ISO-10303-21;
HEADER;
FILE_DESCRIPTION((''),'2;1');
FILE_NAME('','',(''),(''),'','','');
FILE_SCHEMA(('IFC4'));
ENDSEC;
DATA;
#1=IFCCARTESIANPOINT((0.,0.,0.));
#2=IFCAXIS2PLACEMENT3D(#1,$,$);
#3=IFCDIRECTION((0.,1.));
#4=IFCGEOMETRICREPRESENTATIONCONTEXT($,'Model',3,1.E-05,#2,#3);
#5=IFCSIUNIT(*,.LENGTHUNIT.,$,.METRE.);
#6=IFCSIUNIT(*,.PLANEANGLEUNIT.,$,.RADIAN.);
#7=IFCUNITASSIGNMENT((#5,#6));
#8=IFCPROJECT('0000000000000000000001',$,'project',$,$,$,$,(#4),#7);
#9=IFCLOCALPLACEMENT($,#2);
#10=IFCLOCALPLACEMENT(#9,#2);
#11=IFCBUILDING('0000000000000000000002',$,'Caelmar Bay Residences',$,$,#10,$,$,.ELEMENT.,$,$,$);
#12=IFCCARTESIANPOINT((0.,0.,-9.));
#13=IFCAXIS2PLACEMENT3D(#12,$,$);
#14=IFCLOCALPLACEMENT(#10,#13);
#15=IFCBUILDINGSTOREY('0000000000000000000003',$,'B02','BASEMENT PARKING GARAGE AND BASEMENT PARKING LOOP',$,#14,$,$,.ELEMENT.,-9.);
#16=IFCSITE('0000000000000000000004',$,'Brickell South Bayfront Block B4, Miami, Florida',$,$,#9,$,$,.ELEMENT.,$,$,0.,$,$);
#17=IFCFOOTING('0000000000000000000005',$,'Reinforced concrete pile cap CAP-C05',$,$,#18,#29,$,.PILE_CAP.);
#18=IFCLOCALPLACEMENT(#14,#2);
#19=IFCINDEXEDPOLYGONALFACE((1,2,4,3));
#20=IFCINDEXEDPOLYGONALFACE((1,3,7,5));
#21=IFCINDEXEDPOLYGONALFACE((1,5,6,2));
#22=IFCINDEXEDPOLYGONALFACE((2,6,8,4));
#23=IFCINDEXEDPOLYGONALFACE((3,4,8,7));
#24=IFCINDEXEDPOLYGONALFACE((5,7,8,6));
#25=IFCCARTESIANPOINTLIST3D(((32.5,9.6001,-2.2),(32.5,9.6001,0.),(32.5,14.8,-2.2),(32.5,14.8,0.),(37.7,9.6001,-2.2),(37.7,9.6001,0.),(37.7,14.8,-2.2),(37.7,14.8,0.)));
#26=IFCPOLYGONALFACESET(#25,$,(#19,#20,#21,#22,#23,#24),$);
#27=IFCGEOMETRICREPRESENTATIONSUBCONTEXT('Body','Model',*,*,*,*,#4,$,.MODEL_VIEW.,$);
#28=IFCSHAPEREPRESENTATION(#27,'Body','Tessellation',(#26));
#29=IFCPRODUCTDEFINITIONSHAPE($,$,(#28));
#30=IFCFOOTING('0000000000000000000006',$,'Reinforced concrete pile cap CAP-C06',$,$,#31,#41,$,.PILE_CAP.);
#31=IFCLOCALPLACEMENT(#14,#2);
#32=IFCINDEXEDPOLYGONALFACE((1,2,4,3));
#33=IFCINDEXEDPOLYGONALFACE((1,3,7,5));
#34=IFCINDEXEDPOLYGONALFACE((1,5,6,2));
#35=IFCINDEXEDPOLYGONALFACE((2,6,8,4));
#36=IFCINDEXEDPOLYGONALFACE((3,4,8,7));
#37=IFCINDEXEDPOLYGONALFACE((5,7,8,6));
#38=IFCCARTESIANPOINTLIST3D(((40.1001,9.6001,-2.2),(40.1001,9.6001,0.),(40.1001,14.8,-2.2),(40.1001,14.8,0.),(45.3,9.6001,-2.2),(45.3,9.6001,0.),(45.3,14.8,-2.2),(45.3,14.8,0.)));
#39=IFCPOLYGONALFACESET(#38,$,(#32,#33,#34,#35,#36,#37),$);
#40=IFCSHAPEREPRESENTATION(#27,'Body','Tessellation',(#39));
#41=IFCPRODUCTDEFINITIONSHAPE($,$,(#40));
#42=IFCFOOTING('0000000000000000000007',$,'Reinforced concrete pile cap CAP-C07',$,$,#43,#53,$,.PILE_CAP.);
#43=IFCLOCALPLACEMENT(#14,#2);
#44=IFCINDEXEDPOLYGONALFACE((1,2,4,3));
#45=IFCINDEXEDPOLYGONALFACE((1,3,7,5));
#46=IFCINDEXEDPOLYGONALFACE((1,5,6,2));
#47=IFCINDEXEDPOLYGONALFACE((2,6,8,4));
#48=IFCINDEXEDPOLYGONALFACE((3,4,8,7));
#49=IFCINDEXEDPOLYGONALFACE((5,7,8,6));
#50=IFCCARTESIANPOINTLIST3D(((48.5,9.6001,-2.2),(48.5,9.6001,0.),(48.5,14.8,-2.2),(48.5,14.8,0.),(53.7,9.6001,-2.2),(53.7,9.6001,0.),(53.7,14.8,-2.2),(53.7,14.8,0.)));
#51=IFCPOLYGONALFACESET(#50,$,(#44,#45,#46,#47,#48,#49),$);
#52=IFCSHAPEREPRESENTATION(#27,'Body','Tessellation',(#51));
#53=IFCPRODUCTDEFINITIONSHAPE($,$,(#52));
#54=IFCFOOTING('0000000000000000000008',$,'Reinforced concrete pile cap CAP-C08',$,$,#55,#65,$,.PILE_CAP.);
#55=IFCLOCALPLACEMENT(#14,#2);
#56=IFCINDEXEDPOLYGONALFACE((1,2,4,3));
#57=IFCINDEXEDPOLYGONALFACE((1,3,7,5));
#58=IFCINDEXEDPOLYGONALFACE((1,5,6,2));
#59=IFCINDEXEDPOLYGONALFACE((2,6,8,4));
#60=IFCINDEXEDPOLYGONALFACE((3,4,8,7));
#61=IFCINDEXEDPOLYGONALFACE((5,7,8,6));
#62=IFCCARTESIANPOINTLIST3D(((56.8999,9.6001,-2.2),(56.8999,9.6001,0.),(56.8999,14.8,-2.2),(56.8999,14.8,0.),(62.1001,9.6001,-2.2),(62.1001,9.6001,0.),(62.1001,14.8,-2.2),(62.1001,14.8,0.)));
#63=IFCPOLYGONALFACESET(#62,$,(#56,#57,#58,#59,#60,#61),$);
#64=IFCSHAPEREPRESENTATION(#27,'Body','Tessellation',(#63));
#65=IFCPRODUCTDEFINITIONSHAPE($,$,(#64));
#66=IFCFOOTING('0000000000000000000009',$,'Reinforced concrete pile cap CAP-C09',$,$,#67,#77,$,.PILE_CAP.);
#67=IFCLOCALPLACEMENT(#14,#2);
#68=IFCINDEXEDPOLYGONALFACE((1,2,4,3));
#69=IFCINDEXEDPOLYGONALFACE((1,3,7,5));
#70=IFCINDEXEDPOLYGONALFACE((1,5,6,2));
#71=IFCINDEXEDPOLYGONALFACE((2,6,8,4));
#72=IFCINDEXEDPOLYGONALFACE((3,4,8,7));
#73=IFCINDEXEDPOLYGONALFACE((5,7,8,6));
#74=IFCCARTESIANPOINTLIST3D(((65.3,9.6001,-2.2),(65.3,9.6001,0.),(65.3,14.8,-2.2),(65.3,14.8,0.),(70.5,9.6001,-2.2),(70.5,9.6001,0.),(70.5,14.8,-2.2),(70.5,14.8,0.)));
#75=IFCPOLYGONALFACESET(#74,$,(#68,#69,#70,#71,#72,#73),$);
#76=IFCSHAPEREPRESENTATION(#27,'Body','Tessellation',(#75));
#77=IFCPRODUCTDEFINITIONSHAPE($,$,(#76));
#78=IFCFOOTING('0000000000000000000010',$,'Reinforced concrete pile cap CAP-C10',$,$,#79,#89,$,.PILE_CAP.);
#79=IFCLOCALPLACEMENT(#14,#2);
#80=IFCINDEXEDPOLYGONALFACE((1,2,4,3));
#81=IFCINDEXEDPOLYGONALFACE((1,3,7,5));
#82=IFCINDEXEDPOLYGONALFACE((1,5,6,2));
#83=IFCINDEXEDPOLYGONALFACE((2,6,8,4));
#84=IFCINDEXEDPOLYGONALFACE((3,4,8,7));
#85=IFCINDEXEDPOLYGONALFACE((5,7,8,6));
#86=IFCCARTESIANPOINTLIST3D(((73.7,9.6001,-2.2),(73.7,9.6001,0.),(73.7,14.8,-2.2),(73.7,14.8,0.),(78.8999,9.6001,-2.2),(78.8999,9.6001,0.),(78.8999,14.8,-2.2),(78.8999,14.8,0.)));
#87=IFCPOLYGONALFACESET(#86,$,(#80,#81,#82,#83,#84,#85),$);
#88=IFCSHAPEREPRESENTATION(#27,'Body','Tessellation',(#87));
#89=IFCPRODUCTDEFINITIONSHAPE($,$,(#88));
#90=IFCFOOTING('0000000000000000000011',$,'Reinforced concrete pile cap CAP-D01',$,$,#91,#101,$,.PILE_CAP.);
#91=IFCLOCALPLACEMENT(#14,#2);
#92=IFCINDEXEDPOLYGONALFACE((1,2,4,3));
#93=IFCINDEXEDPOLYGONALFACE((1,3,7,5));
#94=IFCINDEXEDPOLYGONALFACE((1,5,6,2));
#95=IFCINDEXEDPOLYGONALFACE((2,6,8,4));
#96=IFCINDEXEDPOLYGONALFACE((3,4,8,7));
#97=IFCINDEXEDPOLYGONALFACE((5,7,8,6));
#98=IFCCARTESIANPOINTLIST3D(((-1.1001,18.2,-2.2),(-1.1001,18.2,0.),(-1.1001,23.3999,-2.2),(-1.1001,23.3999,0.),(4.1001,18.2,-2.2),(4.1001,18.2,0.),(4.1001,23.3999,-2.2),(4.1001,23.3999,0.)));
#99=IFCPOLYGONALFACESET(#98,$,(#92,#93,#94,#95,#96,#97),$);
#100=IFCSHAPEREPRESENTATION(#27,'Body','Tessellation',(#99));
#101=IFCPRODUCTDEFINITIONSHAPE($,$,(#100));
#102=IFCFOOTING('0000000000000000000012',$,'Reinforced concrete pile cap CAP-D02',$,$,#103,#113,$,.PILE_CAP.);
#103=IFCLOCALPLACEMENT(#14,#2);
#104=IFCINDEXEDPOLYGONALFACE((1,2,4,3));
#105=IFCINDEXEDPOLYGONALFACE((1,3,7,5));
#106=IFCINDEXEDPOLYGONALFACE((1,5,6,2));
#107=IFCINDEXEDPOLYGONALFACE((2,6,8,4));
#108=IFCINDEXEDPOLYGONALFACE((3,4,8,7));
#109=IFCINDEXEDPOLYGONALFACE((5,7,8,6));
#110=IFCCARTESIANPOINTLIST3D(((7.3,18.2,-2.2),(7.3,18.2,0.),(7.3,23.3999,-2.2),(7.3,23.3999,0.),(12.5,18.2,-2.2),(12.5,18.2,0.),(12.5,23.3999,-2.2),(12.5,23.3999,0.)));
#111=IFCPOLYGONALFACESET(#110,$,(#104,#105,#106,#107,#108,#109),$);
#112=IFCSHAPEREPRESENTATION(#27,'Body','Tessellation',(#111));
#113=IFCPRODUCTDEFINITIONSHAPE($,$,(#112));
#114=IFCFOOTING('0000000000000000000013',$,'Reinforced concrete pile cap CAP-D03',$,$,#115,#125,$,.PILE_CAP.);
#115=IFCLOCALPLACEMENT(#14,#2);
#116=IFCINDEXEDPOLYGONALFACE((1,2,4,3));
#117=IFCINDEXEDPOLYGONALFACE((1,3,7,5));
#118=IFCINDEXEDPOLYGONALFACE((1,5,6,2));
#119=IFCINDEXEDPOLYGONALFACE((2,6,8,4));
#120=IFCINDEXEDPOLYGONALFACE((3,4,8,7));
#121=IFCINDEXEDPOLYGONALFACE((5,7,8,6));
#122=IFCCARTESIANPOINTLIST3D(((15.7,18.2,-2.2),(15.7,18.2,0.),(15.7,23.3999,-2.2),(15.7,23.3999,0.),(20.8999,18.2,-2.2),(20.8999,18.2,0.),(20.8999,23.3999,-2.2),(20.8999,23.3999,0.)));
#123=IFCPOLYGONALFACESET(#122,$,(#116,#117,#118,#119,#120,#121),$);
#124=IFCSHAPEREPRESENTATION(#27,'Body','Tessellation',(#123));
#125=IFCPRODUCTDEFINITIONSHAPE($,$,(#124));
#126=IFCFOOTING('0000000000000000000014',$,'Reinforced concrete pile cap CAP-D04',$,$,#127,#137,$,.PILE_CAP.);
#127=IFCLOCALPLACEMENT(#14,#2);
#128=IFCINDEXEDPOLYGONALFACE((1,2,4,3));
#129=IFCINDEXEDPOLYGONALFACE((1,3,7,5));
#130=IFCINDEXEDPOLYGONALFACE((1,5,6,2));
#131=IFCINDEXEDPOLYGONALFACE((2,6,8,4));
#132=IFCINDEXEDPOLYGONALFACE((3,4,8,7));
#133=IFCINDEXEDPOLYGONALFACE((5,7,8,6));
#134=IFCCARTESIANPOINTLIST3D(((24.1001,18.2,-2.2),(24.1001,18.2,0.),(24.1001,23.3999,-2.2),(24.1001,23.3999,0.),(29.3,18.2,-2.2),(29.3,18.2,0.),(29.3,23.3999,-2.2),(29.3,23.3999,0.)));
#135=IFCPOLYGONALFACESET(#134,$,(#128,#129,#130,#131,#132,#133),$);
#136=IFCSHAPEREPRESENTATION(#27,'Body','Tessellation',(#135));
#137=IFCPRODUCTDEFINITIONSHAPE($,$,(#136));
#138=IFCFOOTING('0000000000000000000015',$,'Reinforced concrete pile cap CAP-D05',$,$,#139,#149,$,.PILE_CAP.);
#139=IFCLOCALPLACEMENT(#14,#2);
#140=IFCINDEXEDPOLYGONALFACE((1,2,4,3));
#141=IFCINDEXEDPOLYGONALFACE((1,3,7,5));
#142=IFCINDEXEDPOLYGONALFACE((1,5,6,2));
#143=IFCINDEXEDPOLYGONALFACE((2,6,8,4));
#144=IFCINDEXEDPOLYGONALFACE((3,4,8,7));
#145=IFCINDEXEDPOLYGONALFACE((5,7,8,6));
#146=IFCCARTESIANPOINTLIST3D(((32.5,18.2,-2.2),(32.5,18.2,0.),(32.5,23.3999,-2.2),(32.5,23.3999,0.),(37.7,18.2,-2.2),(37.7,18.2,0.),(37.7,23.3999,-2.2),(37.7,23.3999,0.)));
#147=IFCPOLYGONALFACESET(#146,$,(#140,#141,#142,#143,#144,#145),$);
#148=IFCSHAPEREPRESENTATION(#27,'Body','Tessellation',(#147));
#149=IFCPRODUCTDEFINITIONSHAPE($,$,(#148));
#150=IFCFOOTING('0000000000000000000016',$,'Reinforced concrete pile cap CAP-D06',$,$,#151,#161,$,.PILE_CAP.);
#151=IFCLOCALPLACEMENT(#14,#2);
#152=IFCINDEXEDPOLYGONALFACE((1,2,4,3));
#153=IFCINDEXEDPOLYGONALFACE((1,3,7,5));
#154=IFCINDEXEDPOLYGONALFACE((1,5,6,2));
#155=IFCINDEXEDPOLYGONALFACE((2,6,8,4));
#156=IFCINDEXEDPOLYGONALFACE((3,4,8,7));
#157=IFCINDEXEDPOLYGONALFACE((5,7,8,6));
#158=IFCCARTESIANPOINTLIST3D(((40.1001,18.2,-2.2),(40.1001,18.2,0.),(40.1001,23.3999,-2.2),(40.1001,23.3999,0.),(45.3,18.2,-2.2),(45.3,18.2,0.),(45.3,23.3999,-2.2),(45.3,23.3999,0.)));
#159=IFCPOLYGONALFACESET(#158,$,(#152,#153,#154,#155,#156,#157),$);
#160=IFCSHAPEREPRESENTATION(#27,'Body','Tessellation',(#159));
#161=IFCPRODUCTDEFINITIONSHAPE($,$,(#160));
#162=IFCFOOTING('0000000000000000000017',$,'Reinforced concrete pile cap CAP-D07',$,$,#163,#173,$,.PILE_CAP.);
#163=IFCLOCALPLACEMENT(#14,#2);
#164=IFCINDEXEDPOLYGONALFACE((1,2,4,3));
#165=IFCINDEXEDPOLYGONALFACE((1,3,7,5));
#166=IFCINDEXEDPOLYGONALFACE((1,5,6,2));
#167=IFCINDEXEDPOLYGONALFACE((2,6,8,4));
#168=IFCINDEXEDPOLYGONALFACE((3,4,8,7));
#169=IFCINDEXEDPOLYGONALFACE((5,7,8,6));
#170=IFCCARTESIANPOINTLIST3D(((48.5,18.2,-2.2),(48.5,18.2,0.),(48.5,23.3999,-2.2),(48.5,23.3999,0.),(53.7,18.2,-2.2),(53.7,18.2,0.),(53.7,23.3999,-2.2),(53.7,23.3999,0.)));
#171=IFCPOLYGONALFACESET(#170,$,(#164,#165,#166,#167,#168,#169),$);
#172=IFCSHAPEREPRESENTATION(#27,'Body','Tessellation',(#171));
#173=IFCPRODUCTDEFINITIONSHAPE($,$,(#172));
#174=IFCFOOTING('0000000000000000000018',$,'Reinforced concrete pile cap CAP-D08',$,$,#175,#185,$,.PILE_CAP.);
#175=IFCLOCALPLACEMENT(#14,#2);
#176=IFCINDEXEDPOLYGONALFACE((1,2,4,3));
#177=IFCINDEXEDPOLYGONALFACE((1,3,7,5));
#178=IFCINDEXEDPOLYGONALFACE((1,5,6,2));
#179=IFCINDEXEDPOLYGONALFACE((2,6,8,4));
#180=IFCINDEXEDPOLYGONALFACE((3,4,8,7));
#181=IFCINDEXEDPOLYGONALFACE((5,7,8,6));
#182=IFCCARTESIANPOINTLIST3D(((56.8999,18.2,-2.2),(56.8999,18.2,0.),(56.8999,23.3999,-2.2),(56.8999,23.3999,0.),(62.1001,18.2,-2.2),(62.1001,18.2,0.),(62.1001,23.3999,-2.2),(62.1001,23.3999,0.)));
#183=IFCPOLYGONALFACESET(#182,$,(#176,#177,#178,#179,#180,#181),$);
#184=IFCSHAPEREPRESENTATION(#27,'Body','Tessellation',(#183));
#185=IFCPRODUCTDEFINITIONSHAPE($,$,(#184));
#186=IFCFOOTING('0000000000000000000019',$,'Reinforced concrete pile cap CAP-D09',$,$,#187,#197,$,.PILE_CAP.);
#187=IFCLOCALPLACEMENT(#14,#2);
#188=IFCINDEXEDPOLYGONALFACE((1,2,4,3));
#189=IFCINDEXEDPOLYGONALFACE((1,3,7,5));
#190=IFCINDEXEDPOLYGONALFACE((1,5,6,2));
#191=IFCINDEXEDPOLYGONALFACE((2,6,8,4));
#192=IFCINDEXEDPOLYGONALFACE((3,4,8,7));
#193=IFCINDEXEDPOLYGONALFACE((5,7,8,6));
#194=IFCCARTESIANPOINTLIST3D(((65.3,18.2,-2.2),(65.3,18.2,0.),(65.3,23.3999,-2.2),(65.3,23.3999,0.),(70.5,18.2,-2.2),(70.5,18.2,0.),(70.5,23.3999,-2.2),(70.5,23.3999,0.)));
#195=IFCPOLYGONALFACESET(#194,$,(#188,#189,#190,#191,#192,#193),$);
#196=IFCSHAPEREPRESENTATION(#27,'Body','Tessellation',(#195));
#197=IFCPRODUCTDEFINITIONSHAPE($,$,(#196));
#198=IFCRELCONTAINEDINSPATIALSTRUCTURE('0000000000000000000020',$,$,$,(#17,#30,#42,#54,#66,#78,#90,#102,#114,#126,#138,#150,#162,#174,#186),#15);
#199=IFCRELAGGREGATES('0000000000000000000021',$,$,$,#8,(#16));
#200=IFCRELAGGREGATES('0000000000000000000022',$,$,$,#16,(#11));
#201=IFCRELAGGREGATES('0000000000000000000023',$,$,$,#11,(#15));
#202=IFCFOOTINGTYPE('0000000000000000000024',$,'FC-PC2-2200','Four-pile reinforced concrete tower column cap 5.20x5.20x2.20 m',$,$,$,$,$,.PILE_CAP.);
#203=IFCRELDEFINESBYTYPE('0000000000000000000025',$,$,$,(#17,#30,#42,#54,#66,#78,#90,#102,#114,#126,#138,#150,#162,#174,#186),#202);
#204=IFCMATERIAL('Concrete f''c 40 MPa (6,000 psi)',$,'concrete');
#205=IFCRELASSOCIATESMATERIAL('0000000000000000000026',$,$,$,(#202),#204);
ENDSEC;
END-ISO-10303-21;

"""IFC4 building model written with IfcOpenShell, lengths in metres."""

from ifc_helpers import new_model, si_unit, direction, frame, origin, place, context, subcontext, project, spatial, polyline, outline, extrude, material, type_object, element, save


model = new_model("IFC4")

# Units and contexts
model_context = context("Model", 3, precision=1e-05, world=origin(), true_north=direction((0.0, 1.0)))
body_context = subcontext(model_context, "Body", "Model", "MODEL_VIEW")
ifc_project = project(units=[si_unit("LENGTHUNIT", "METRE"), si_unit("PLANEANGLEUNIT", "RADIAN")], contexts=[model_context])

# Site, building, storey
site_placement = place(None, origin())
site = spatial("IfcSite", under=ifc_project, at=site_placement, Name="Brickell South Bayfront Block B4, Miami, Florida", CompositionType="ELEMENT", RefElevation=0.0)
building_placement = place(site_placement, origin())
building = spatial("IfcBuilding", under=site, at=building_placement, Name="Caelmar Bay Residences", CompositionType="ELEMENT")
storey_placement = place(building_placement, frame((0.0, 0.0, -9.0)))
storey = spatial("IfcBuildingStorey", under=building, at=storey_placement, Name="B02", Description="BASEMENT PARKING GARAGE AND BASEMENT PARKING LOOP", CompositionType="ELEMENT", Elevation=-9.0)

# Footings
ifc_material = material(Name="Concrete f'c 40 MPa (6,000 psi)", Category="concrete")
footing_type_1 = type_object("IfcFootingType", Name="FC-PC2-2200", Description="Four-pile reinforced concrete tower column cap 5.20x5.20x2.20 m", PredefinedType="PILE_CAP", material=ifc_material)
footing_1_placement = place(storey_placement, frame((0.0, 0.0, -2.2)))
element("IfcFooting", 1, at=footing_1_placement, inside=storey, type_object=footing_type_1, Name="Reinforced concrete pile cap CAP-C05", PredefinedType="PILE_CAP", context=body_context, shape_type="SweptSolid", body=[
    extrude(outline(polyline([(32.5, 9.6001), (37.7, 9.6001), (37.7, 14.8), (32.5, 14.8), (32.5, 9.6001)])), origin(), (0.0, 0.0, 1.0), 2.2),
])
footing_2_placement = place(storey_placement, frame((0.0, 0.0, -2.2)))
element("IfcFooting", 2, at=footing_2_placement, inside=storey, type_object=footing_type_1, Name="Reinforced concrete pile cap CAP-C06", PredefinedType="PILE_CAP", context=body_context, shape_type="SweptSolid", body=[
    extrude(outline(polyline([(40.1001, 9.6001), (45.3, 9.6001), (45.3, 14.8), (40.1001, 14.8), (40.1001, 9.6001)])), origin(), (0.0, 0.0, 1.0), 2.2),
])
footing_3_placement = place(storey_placement, frame((0.0, 0.0, -2.2)))
element("IfcFooting", 3, at=footing_3_placement, inside=storey, type_object=footing_type_1, Name="Reinforced concrete pile cap CAP-C07", PredefinedType="PILE_CAP", context=body_context, shape_type="SweptSolid", body=[
    extrude(outline(polyline([(48.5, 9.6001), (53.7, 9.6001), (53.7, 14.8), (48.5, 14.8), (48.5, 9.6001)])), origin(), (0.0, 0.0, 1.0), 2.2),
])
footing_4_placement = place(storey_placement, frame((0.0, 0.0, -2.2)))
element("IfcFooting", 4, at=footing_4_placement, inside=storey, type_object=footing_type_1, Name="Reinforced concrete pile cap CAP-C08", PredefinedType="PILE_CAP", context=body_context, shape_type="SweptSolid", body=[
    extrude(outline(polyline([(56.8999, 9.6001), (62.1001, 9.6001), (62.1001, 14.8), (56.8999, 14.8), (56.8999, 9.6001)])), origin(), (0.0, 0.0, 1.0), 2.2),
])
footing_5_placement = place(storey_placement, frame((0.0, 0.0, -2.2)))
element("IfcFooting", 5, at=footing_5_placement, inside=storey, type_object=footing_type_1, Name="Reinforced concrete pile cap CAP-C09", PredefinedType="PILE_CAP", context=body_context, shape_type="SweptSolid", body=[
    extrude(outline(polyline([(65.3, 9.6001), (70.5, 9.6001), (70.5, 14.8), (65.3, 14.8), (65.3, 9.6001)])), origin(), (0.0, 0.0, 1.0), 2.2),
])
footing_6_placement = place(storey_placement, frame((0.0, 0.0, -2.2)))
element("IfcFooting", 6, at=footing_6_placement, inside=storey, type_object=footing_type_1, Name="Reinforced concrete pile cap CAP-C10", PredefinedType="PILE_CAP", context=body_context, shape_type="SweptSolid", body=[
    extrude(outline(polyline([(73.7, 9.6001), (78.8999, 9.6001), (78.8999, 14.8), (73.7, 14.8), (73.7, 9.6001)])), origin(), (0.0, 0.0, 1.0), 2.2),
])
footing_7_placement = place(storey_placement, frame((0.0, 0.0, -2.2)))
element("IfcFooting", 7, at=footing_7_placement, inside=storey, type_object=footing_type_1, Name="Reinforced concrete pile cap CAP-D01", PredefinedType="PILE_CAP", context=body_context, shape_type="SweptSolid", body=[
    extrude(outline(polyline([(-1.1001, 18.2), (4.1001, 18.2), (4.1001, 23.3999), (-1.1001, 23.3999), (-1.1001, 18.2)])), origin(), (0.0, 0.0, 1.0), 2.2),
])
footing_8_placement = place(storey_placement, frame((0.0, 0.0, -2.2)))
element("IfcFooting", 8, at=footing_8_placement, inside=storey, type_object=footing_type_1, Name="Reinforced concrete pile cap CAP-D02", PredefinedType="PILE_CAP", context=body_context, shape_type="SweptSolid", body=[
    extrude(outline(polyline([(7.3, 18.2), (12.5, 18.2), (12.5, 23.3999), (7.3, 23.3999), (7.3, 18.2)])), origin(), (0.0, 0.0, 1.0), 2.2),
])
footing_9_placement = place(storey_placement, frame((0.0, 0.0, -2.2)))
element("IfcFooting", 9, at=footing_9_placement, inside=storey, type_object=footing_type_1, Name="Reinforced concrete pile cap CAP-D03", PredefinedType="PILE_CAP", context=body_context, shape_type="SweptSolid", body=[
    extrude(outline(polyline([(15.7, 18.2), (20.8999, 18.2), (20.8999, 23.3999), (15.7, 23.3999), (15.7, 18.2)])), origin(), (0.0, 0.0, 1.0), 2.2),
])
footing_10_placement = place(storey_placement, frame((0.0, 0.0, -2.2)))
element("IfcFooting", 10, at=footing_10_placement, inside=storey, type_object=footing_type_1, Name="Reinforced concrete pile cap CAP-D04", PredefinedType="PILE_CAP", context=body_context, shape_type="SweptSolid", body=[
    extrude(outline(polyline([(24.1001, 18.2), (29.3, 18.2), (29.3, 23.3999), (24.1001, 23.3999), (24.1001, 18.2)])), origin(), (0.0, 0.0, 1.0), 2.2),
])
footing_11_placement = place(storey_placement, frame((0.0, 0.0, -2.2)))
element("IfcFooting", 11, at=footing_11_placement, inside=storey, type_object=footing_type_1, Name="Reinforced concrete pile cap CAP-D05", PredefinedType="PILE_CAP", context=body_context, shape_type="SweptSolid", body=[
    extrude(outline(polyline([(32.5, 18.2), (37.7, 18.2), (37.7, 23.3999), (32.5, 23.3999), (32.5, 18.2)])), origin(), (0.0, 0.0, 1.0), 2.2),
])
footing_12_placement = place(storey_placement, frame((0.0, 0.0, -2.2)))
element("IfcFooting", 12, at=footing_12_placement, inside=storey, type_object=footing_type_1, Name="Reinforced concrete pile cap CAP-D06", PredefinedType="PILE_CAP", context=body_context, shape_type="SweptSolid", body=[
    extrude(outline(polyline([(40.1001, 18.2), (45.3, 18.2), (45.3, 23.3999), (40.1001, 23.3999), (40.1001, 18.2)])), origin(), (0.0, 0.0, 1.0), 2.2),
])
footing_13_placement = place(storey_placement, frame((0.0, 0.0, -2.2)))
element("IfcFooting", 13, at=footing_13_placement, inside=storey, type_object=footing_type_1, Name="Reinforced concrete pile cap CAP-D07", PredefinedType="PILE_CAP", context=body_context, shape_type="SweptSolid", body=[
    extrude(outline(polyline([(48.5, 18.2), (53.7, 18.2), (53.7, 23.3999), (48.5, 23.3999), (48.5, 18.2)])), origin(), (0.0, 0.0, 1.0), 2.2),
])
footing_14_placement = place(storey_placement, frame((0.0, 0.0, -2.2)))
element("IfcFooting", 14, at=footing_14_placement, inside=storey, type_object=footing_type_1, Name="Reinforced concrete pile cap CAP-D08", PredefinedType="PILE_CAP", context=body_context, shape_type="SweptSolid", body=[
    extrude(outline(polyline([(56.8999, 18.2), (62.1001, 18.2), (62.1001, 23.3999), (56.8999, 23.3999), (56.8999, 18.2)])), origin(), (0.0, 0.0, 1.0), 2.2),
])
footing_15_placement = place(storey_placement, frame((0.0, 0.0, -2.2)))
element("IfcFooting", 15, at=footing_15_placement, inside=storey, type_object=footing_type_1, Name="Reinforced concrete pile cap CAP-D09", PredefinedType="PILE_CAP", context=body_context, shape_type="SweptSolid", body=[
    extrude(outline(polyline([(65.3, 18.2), (70.5, 18.2), (70.5, 23.3999), (65.3, 23.3999), (65.3, 18.2)])), origin(), (0.0, 0.0, 1.0), 2.2),
])

save(model, "model.ifc")
